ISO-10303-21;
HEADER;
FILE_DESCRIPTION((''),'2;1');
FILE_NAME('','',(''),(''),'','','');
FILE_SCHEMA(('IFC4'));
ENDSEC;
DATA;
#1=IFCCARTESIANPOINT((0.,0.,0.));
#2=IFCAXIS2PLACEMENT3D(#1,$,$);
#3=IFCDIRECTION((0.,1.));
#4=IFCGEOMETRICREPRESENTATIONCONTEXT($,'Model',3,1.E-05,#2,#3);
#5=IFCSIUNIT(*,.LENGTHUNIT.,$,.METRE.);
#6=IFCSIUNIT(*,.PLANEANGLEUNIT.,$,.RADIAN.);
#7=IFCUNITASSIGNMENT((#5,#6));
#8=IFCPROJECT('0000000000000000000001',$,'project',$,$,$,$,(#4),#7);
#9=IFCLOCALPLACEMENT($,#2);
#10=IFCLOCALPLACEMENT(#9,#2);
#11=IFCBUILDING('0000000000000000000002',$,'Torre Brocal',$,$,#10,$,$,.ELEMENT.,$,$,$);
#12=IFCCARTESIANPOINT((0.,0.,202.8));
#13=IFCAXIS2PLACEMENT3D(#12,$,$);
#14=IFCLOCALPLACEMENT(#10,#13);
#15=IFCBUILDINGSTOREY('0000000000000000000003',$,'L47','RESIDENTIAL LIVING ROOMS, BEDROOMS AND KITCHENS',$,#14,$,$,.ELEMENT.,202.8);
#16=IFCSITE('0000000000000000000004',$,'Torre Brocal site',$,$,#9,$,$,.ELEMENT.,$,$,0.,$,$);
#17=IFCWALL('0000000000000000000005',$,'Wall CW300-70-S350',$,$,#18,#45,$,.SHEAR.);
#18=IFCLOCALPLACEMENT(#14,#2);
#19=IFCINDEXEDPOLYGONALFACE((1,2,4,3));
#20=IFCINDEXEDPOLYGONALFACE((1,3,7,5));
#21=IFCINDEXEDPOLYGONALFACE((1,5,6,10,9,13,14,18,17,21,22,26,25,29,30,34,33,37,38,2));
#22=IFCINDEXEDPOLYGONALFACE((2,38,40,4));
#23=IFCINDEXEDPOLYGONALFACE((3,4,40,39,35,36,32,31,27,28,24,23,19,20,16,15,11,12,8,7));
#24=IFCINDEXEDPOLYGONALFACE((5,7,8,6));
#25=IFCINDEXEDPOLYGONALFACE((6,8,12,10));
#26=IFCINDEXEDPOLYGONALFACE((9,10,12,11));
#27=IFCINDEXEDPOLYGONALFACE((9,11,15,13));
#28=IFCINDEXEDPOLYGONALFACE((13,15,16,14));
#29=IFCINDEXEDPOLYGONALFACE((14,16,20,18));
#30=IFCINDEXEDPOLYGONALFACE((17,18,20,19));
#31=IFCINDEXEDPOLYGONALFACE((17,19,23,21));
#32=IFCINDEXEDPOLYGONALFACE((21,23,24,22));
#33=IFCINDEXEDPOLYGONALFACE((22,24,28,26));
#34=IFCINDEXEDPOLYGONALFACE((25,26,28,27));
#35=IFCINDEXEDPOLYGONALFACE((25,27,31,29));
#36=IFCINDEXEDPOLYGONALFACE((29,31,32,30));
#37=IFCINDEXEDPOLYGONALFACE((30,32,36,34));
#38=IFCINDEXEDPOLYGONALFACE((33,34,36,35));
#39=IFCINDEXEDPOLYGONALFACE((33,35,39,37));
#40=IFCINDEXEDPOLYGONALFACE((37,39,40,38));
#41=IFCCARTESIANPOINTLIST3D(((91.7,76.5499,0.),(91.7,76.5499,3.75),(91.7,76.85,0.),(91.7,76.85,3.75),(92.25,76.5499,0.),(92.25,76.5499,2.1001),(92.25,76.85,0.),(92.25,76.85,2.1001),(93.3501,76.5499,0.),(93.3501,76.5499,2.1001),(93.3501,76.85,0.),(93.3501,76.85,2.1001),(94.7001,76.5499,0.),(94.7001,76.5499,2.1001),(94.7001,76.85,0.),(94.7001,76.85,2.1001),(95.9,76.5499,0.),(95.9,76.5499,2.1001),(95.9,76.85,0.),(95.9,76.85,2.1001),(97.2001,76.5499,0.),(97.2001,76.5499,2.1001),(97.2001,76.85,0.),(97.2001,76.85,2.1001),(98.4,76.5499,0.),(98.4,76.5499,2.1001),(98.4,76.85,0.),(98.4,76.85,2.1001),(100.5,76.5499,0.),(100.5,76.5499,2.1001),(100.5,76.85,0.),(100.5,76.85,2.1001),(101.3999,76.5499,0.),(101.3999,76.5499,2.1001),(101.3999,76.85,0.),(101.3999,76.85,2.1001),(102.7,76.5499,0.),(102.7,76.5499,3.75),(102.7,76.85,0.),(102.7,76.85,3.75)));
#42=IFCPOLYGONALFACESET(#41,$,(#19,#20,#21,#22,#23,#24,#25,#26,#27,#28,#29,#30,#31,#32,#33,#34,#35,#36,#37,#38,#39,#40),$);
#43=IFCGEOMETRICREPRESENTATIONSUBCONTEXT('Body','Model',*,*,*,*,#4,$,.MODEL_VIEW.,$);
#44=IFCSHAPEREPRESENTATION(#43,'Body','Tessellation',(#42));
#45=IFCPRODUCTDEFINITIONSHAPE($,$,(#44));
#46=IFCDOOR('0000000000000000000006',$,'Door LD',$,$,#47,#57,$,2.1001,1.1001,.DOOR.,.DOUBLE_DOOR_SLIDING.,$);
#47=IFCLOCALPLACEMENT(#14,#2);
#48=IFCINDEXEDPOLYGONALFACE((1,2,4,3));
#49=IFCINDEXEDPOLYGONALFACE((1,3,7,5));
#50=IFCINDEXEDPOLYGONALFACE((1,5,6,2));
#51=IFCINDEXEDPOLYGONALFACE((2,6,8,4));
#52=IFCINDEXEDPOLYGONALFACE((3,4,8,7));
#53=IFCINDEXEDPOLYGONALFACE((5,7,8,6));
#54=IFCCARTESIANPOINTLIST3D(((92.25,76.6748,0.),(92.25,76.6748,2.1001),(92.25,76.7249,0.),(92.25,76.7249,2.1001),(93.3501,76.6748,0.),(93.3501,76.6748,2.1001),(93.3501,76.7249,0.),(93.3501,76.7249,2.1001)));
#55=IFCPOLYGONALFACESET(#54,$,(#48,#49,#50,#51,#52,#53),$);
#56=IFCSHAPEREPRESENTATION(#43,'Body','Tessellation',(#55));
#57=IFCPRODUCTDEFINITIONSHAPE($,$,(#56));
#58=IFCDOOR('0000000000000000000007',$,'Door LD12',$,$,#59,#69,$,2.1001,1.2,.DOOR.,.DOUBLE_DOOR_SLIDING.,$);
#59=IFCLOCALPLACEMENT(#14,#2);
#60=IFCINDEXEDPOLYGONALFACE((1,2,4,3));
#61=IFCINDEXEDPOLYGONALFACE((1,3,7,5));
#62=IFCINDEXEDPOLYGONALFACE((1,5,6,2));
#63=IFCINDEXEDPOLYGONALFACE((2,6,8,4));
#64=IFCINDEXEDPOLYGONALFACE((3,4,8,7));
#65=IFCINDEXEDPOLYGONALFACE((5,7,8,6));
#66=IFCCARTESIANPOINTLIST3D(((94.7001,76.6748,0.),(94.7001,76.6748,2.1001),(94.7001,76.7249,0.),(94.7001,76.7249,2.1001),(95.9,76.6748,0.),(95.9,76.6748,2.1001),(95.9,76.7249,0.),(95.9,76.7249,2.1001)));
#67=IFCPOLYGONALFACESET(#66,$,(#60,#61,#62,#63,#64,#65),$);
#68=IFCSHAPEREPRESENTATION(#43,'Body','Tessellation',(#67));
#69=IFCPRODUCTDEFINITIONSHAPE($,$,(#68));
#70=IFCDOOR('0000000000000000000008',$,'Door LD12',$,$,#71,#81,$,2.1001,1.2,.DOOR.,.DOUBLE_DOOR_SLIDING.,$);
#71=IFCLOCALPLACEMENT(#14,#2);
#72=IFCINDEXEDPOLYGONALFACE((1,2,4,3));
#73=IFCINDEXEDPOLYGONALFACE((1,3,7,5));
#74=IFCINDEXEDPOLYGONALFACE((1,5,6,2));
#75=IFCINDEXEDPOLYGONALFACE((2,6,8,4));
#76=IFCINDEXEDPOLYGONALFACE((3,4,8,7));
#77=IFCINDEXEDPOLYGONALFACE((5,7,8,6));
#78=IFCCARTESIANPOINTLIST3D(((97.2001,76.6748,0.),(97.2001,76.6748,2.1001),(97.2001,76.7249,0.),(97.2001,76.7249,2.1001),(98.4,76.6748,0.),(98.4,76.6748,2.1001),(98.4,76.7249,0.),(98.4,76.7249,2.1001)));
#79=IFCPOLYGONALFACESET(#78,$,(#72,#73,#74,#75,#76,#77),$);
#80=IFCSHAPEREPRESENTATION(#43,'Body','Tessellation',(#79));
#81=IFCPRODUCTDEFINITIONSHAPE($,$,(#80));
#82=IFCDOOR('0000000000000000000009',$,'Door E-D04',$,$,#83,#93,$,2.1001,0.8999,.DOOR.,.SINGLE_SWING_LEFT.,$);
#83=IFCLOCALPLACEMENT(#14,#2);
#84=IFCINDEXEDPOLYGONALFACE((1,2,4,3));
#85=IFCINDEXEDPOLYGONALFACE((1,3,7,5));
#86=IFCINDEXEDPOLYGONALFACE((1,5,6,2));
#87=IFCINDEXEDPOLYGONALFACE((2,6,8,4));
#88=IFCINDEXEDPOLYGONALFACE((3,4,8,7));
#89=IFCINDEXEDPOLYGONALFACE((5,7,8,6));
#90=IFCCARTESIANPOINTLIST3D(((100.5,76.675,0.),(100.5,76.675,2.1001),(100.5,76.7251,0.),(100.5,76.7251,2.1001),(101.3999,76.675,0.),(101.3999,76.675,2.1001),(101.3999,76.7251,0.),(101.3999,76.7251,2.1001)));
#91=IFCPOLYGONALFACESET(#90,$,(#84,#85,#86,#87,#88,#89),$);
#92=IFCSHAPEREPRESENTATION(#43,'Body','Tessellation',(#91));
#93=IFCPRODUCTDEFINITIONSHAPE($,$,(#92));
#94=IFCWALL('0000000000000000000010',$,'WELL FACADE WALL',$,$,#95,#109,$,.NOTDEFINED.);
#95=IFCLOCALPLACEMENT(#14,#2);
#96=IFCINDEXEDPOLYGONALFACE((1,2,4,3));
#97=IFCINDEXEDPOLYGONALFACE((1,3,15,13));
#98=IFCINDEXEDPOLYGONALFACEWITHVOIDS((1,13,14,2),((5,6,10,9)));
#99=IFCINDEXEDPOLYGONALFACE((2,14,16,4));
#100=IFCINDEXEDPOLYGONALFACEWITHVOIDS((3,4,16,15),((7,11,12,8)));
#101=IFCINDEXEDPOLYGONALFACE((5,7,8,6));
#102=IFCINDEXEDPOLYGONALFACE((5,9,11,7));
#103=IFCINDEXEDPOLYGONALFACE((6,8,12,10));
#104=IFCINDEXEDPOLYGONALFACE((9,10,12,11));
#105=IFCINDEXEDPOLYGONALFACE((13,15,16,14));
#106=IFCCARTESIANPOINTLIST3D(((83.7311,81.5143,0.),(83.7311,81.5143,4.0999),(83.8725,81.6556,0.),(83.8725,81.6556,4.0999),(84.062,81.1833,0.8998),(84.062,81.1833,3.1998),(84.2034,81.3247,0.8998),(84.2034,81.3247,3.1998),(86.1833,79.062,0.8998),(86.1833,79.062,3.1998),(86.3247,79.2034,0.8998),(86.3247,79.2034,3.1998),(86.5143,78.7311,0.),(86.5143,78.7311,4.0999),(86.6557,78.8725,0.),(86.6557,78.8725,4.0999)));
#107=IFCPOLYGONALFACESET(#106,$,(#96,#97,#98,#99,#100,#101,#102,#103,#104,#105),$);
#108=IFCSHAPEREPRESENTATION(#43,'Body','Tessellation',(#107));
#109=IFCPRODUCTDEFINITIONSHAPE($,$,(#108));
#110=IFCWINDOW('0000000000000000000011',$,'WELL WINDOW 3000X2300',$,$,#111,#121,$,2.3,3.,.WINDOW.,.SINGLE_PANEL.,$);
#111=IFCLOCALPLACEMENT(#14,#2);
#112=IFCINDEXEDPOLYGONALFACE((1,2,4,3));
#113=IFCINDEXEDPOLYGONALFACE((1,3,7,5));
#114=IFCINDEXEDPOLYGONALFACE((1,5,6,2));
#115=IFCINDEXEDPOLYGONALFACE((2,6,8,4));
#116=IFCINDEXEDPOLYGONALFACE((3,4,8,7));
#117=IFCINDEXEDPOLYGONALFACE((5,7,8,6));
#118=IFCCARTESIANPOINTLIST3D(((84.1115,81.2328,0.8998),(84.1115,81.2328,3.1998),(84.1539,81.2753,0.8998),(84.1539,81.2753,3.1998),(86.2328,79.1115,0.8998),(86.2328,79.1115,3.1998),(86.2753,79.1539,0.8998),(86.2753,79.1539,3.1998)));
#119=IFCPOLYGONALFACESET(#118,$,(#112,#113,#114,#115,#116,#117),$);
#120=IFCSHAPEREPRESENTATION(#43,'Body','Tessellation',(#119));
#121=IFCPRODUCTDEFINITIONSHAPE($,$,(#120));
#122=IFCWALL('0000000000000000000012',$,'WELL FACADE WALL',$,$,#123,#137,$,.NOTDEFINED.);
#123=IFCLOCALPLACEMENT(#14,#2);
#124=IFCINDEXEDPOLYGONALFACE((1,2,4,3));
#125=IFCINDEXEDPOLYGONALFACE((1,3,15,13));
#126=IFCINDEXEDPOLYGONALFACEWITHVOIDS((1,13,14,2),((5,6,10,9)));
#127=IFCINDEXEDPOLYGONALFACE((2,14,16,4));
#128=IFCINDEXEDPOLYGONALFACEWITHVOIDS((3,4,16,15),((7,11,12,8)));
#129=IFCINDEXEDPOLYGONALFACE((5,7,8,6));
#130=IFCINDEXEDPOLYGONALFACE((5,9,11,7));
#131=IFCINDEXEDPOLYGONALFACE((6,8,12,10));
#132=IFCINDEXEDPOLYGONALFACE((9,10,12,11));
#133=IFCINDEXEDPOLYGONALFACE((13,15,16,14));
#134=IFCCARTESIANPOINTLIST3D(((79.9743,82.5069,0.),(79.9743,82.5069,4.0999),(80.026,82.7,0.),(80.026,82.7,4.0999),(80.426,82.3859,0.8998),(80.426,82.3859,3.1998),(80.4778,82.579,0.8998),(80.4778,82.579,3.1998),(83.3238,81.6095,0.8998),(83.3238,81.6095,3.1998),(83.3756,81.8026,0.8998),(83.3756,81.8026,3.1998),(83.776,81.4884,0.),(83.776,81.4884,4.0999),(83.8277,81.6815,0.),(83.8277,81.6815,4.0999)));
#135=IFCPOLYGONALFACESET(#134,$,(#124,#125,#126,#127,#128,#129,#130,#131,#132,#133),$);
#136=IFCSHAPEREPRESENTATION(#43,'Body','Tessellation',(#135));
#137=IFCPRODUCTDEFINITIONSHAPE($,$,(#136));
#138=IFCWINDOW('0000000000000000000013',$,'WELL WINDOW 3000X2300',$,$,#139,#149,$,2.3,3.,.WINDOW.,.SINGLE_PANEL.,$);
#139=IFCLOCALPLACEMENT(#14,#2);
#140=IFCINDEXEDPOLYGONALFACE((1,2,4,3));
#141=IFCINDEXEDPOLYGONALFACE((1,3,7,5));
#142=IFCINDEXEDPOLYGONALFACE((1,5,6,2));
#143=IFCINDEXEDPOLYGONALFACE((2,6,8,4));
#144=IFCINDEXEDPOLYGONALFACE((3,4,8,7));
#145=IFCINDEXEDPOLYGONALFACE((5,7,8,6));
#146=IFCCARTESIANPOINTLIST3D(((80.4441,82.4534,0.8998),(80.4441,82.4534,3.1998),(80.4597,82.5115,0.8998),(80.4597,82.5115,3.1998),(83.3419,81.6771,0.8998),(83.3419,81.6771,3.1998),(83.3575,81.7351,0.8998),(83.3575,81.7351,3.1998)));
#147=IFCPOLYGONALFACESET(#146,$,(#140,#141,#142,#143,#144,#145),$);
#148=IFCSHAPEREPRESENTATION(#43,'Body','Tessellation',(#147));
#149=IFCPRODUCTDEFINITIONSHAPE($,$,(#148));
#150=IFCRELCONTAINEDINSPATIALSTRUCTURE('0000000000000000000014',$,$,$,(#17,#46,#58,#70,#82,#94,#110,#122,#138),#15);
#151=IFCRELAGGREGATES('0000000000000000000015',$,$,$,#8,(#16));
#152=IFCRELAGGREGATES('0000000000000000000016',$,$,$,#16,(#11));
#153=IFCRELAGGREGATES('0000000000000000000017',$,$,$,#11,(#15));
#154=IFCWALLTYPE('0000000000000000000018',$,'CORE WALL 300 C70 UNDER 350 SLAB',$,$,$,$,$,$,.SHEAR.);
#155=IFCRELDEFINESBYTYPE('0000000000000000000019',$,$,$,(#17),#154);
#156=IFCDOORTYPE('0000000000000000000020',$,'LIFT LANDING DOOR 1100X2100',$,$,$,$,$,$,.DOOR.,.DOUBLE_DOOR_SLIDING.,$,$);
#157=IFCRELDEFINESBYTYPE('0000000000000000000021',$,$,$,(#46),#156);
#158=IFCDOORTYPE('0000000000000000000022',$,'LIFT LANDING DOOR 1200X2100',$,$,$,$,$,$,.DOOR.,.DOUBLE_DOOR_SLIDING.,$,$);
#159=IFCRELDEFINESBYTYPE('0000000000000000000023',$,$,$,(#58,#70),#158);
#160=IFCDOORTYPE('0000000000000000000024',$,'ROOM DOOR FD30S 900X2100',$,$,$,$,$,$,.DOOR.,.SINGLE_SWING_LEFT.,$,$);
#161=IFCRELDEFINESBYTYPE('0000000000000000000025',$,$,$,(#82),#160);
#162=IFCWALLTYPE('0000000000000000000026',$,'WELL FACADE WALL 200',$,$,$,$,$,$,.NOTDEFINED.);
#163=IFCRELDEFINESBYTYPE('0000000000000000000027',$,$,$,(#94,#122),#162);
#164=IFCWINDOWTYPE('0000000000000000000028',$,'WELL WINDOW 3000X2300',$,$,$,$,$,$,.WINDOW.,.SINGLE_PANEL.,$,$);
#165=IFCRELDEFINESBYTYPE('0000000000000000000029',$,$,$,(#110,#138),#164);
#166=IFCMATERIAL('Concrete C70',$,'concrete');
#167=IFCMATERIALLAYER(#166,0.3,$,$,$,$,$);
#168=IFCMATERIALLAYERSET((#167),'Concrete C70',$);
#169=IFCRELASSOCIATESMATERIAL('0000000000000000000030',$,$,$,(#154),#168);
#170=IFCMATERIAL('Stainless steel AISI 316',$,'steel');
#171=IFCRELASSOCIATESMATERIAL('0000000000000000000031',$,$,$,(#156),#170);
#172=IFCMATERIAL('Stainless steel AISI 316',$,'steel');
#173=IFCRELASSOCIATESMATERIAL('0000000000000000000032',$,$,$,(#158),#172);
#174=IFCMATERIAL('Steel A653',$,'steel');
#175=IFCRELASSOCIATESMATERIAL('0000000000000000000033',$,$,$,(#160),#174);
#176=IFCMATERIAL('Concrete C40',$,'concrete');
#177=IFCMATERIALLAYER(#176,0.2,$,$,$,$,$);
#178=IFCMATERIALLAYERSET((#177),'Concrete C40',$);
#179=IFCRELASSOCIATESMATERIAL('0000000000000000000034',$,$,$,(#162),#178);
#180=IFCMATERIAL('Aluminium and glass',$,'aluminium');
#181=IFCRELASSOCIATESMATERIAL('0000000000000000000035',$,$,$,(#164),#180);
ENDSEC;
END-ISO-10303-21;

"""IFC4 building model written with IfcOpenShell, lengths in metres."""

from ifc_helpers import new_model, si_unit, direction, frame, frame_2d, origin, place, context, subcontext, project, spatial, rectangle, extrude, material, layer, layer_set, type_object, element, fill, save


model = new_model("IFC4")

# Units and contexts
model_context = context("Model", 3, precision=1e-05, world=origin(), true_north=direction((0.0, 1.0)))
body_context = subcontext(model_context, "Body", "Model", "MODEL_VIEW")
ifc_project = project(units=[si_unit("LENGTHUNIT", "METRE"), si_unit("PLANEANGLEUNIT", "RADIAN")], contexts=[model_context])

# Site, building, storey
site_placement = place(None, origin())
site = spatial("IfcSite", under=ifc_project, at=site_placement, Name="Torre Brocal site", CompositionType="ELEMENT", RefElevation=0.0)
building_placement = place(site_placement, origin())
building = spatial("IfcBuilding", under=site, at=building_placement, Name="Torre Brocal", CompositionType="ELEMENT")
storey_placement = place(building_placement, frame((0.0, 0.0, 202.8)))
storey = spatial("IfcBuildingStorey", under=building, at=storey_placement, Name="L47", Description="RESIDENTIAL LIVING ROOMS, BEDROOMS AND KITCHENS", CompositionType="ELEMENT", Elevation=202.8)

# Shared definitions
ifc_material_1 = material(Name="Concrete C70", Category="concrete")
ifc_layer_1 = layer(ifc_material_1, 0.3)
ifc_layer_set_1 = layer_set([ifc_layer_1], Name="Concrete C70")
wall_type_1 = type_object("IfcWallType", Name="CORE WALL 300 C70 UNDER 350 SLAB", PredefinedType="SHEAR", material=ifc_layer_set_1)

# Wall, openings, doors
wall_1_placement = place(storey_placement, frame((91.7, 76.7, 0.0), z_axis=(0.0, 0.0, 1.0), x_axis=(1.0, 0.0, 0.0)))
wall_1 = element("IfcWall", 1, at=wall_1_placement, inside=storey, type_object=wall_type_1, Name="Wall CW300-70-S350", PredefinedType="SHEAR", context=body_context, shape_type="SweptSolid", body=[
    extrude(rectangle(XDim=11.0, YDim=0.3, at=frame_2d((5.5, 0.0))), origin(), (0.0, 0.0, 1.0), 3.75),
])
opening_1_placement = place(wall_1_placement, frame((0.55, 0.0, 0.0)))
opening_1 = element("IfcOpeningElement", 2, at=opening_1_placement, cuts=wall_1, PredefinedType="OPENING", context=body_context, shape_type="SweptSolid", body=[
    extrude(rectangle(XDim=1.1001, YDim=2.1001, at=frame_2d((0.55, 1.05))), frame((0.0, 0.1599, 0.0), z_axis=(0.0, -1.0, 0.0), x_axis=(1.0, 0.0, 0.0)), (0.0, 0.0, 1.0), 0.3201),
])
opening_2_placement = place(wall_1_placement, frame((3.0, 0.0, 0.0)))
opening_2 = element("IfcOpeningElement", 3, at=opening_2_placement, cuts=wall_1, PredefinedType="OPENING", context=body_context, shape_type="SweptSolid", body=[
    extrude(rectangle(XDim=1.2, YDim=2.1001, at=frame_2d((0.6001, 1.05))), frame((0.0, 0.1599, 0.0), z_axis=(0.0, -1.0, 0.0), x_axis=(1.0, 0.0, 0.0)), (0.0, 0.0, 1.0), 0.3201),
])
opening_3_placement = place(wall_1_placement, frame((5.5, 0.0, 0.0)))
opening_3 = element("IfcOpeningElement", 4, at=opening_3_placement, cuts=wall_1, PredefinedType="OPENING", context=body_context, shape_type="SweptSolid", body=[
    extrude(rectangle(XDim=1.2, YDim=2.1001, at=frame_2d((0.6001, 1.05))), frame((0.0, 0.1599, 0.0), z_axis=(0.0, -1.0, 0.0), x_axis=(1.0, 0.0, 0.0)), (0.0, 0.0, 1.0), 0.3201),
])
opening_4_placement = place(wall_1_placement, frame((8.8, 0.0, 0.0)))
opening_4 = element("IfcOpeningElement", 5, at=opening_4_placement, cuts=wall_1, PredefinedType="OPENING", context=body_context, shape_type="SweptSolid", body=[
    extrude(rectangle(XDim=0.8999, YDim=2.1001, at=frame_2d((0.45, 1.05))), frame((0.0, 0.1599, 0.0), z_axis=(0.0, -1.0, 0.0), x_axis=(1.0, 0.0, 0.0)), (0.0, 0.0, 1.0), 0.3201),
])
ifc_material_2 = material(Name="Stainless steel AISI 316", Category="steel")
door_type_1 = type_object("IfcDoorType", Name="LIFT LANDING DOOR 1100X2100", OperationType="DOUBLE_DOOR_SLIDING", PredefinedType="DOOR", material=ifc_material_2)
door_1_placement = place(opening_1_placement, origin())
door_1 = element("IfcDoor", 6, at=door_1_placement, inside=storey, type_object=door_type_1, Name="Door LD", OperationType="DOUBLE_DOOR_SLIDING", OverallHeight=2.1001, OverallWidth=1.1001, PredefinedType="DOOR", context=body_context, shape_type="SweptSolid", body=[
    extrude(rectangle(XDim=1.1001, YDim=2.1001, at=frame_2d((0.55, 1.05))), frame((0.0, 0.0249, 0.0), z_axis=(0.0, -1.0, 0.0), x_axis=(1.0, 0.0, 0.0)), (0.0, 0.0, 1.0), 0.05),
])
fill(opening_1, door_1)
ifc_material_3 = material(Name="Stainless steel AISI 316", Category="steel")
door_type_2 = type_object("IfcDoorType", Name="LIFT LANDING DOOR 1200X2100", OperationType="DOUBLE_DOOR_SLIDING", PredefinedType="DOOR", material=ifc_material_3)
door_2_placement = place(opening_2_placement, origin())
door_2 = element("IfcDoor", 7, at=door_2_placement, inside=storey, type_object=door_type_2, Name="Door LD12", OperationType="DOUBLE_DOOR_SLIDING", OverallHeight=2.1001, OverallWidth=1.2, PredefinedType="DOOR", context=body_context, shape_type="SweptSolid", body=[
    extrude(rectangle(XDim=1.2, YDim=2.1001, at=frame_2d((0.6001, 1.05))), frame((0.0, 0.0249, 0.0), z_axis=(0.0, -1.0, 0.0), x_axis=(1.0, 0.0, 0.0)), (0.0, 0.0, 1.0), 0.05),
])
fill(opening_2, door_2)
door_3_placement = place(opening_3_placement, origin())
door_3 = element("IfcDoor", 8, at=door_3_placement, inside=storey, type_object=door_type_2, Name="Door LD12", OperationType="DOUBLE_DOOR_SLIDING", OverallHeight=2.1001, OverallWidth=1.2, PredefinedType="DOOR", context=body_context, shape_type="SweptSolid", body=[
    extrude(rectangle(XDim=1.2, YDim=2.1001, at=frame_2d((0.6001, 1.05))), frame((0.0, 0.0249, 0.0), z_axis=(0.0, -1.0, 0.0), x_axis=(1.0, 0.0, 0.0)), (0.0, 0.0, 1.0), 0.05),
])
fill(opening_3, door_3)
ifc_material_4 = material(Name="Steel A653", Category="steel")
door_type_3 = type_object("IfcDoorType", Name="ROOM DOOR FD30S 900X2100", OperationType="SINGLE_SWING_LEFT", PredefinedType="DOOR", material=ifc_material_4)
door_4_placement = place(opening_4_placement, frame((0.8999, 0.0, 0.0), z_axis=(0.0, 0.0, 1.0), x_axis=(-1.0, 0.0, 0.0)))
door_4 = element("IfcDoor", 9, at=door_4_placement, inside=storey, type_object=door_type_3, Name="Door E-D04", OperationType="SINGLE_SWING_LEFT", OverallHeight=2.1001, OverallWidth=0.8999, PredefinedType="DOOR", context=body_context, shape_type="SweptSolid", body=[
    extrude(rectangle(XDim=0.8999, YDim=2.1001, at=frame_2d((0.45, 1.05))), frame((0.0, 0.0249, 0.0), z_axis=(0.0, -1.0, 0.0), x_axis=(1.0, 0.0, 0.0)), (0.0, 0.0, 1.0), 0.05),
])
fill(opening_4, door_4)

# Walls, openings, windows
ifc_material_5 = material(Name="Concrete C40", Category="concrete")
ifc_layer_2 = layer(ifc_material_5, 0.2)
ifc_layer_set_2 = layer_set([ifc_layer_2], Name="Concrete C40")
wall_type_2 = type_object("IfcWallType", Name="WELL FACADE WALL 200", PredefinedType="NOTDEFINED", material=ifc_layer_set_2)
wall_2_placement = place(storey_placement, frame((86.585, 78.8018, 0.0), z_axis=(0.0, 0.0, 1.0), x_axis=(-0.707107, 0.707107, 0.0)))
wall_2 = element("IfcWall", 10, at=wall_2_placement, inside=storey, type_object=wall_type_2, Name="WELL FACADE WALL", PredefinedType="NOTDEFINED", context=body_context, shape_type="SweptSolid", body=[
    extrude(rectangle(XDim=3.936, YDim=0.2, at=frame_2d((1.968, 0.0))), origin(), (0.0, 0.0, 1.0), 4.0999),
])
opening_5_placement = place(wall_2_placement, frame((0.468, 0.0, 0.8999)))
opening_5 = element("IfcOpeningElement", 11, at=opening_5_placement, cuts=wall_2, PredefinedType="OPENING", context=body_context, shape_type="SweptSolid", body=[
    extrude(rectangle(XDim=3.0, YDim=2.3, at=frame_2d((1.5, 1.1499))), frame((0.0, 0.1099, 0.0), z_axis=(0.0, -1.0, 0.0), x_axis=(1.0, 0.0, 0.0)), (0.0, 0.0, 1.0), 0.22),
])
ifc_material_6 = material(Name="Aluminium and glass", Category="aluminium")
window_type = type_object("IfcWindowType", Name="WELL WINDOW 3000X2300", PartitioningType="SINGLE_PANEL", PredefinedType="WINDOW", material=ifc_material_6)
window_1_placement = place(opening_5_placement, origin())
window_1 = element("IfcWindow", 12, at=window_1_placement, inside=storey, type_object=window_type, Name="WELL WINDOW 3000X2300", OverallHeight=2.3, OverallWidth=3.0, PartitioningType="SINGLE_PANEL", PredefinedType="WINDOW", context=body_context, shape_type="SweptSolid", body=[
    extrude(rectangle(XDim=3.0, YDim=2.3, at=frame_2d((1.5, 1.1499))), frame((0.0, 0.03, 0.0), z_axis=(0.0, -1.0, 0.0), x_axis=(1.0, 0.0, 0.0)), (0.0, 0.0, 1.0), 0.0601),
])
fill(opening_5, window_1)
wall_3_placement = place(storey_placement, frame((83.8018, 81.585, 0.0), z_axis=(0.0, 0.0, 1.0), x_axis=(-0.965934, 0.25879, 0.0)))
wall_3 = element("IfcWall", 13, at=wall_3_placement, inside=storey, type_object=wall_type_2, Name="WELL FACADE WALL", PredefinedType="NOTDEFINED", context=body_context, shape_type="SweptSolid", body=[
    extrude(rectangle(XDim=3.9358, YDim=0.2, at=frame_2d((1.9678, 0.0))), origin(), (0.0, 0.0, 1.0), 4.0999),
])
opening_6_placement = place(wall_3_placement, frame((0.468, 0.0, 0.8999)))
opening_6 = element("IfcOpeningElement", 14, at=opening_6_placement, cuts=wall_3, PredefinedType="OPENING", context=body_context, shape_type="SweptSolid", body=[
    extrude(rectangle(XDim=3.0, YDim=2.3, at=frame_2d((1.5, 1.1499))), frame((0.0, 0.1099, 0.0), z_axis=(0.0, -1.0, 0.0), x_axis=(1.0, 0.0, 0.0)), (0.0, 0.0, 1.0), 0.22),
])
window_2_placement = place(opening_6_placement, origin())
window_2 = element("IfcWindow", 15, at=window_2_placement, inside=storey, type_object=window_type, Name="WELL WINDOW 3000X2300", OverallHeight=2.3, OverallWidth=3.0, PartitioningType="SINGLE_PANEL", PredefinedType="WINDOW", context=body_context, shape_type="SweptSolid", body=[
    extrude(rectangle(XDim=3.0, YDim=2.3, at=frame_2d((1.5, 1.1499))), frame((0.0, 0.03, 0.0), z_axis=(0.0, -1.0, 0.0), x_axis=(1.0, 0.0, 0.0)), (0.0, 0.0, 1.0), 0.0601),
])
fill(opening_6, window_2)

save(model, "model.ifc")
